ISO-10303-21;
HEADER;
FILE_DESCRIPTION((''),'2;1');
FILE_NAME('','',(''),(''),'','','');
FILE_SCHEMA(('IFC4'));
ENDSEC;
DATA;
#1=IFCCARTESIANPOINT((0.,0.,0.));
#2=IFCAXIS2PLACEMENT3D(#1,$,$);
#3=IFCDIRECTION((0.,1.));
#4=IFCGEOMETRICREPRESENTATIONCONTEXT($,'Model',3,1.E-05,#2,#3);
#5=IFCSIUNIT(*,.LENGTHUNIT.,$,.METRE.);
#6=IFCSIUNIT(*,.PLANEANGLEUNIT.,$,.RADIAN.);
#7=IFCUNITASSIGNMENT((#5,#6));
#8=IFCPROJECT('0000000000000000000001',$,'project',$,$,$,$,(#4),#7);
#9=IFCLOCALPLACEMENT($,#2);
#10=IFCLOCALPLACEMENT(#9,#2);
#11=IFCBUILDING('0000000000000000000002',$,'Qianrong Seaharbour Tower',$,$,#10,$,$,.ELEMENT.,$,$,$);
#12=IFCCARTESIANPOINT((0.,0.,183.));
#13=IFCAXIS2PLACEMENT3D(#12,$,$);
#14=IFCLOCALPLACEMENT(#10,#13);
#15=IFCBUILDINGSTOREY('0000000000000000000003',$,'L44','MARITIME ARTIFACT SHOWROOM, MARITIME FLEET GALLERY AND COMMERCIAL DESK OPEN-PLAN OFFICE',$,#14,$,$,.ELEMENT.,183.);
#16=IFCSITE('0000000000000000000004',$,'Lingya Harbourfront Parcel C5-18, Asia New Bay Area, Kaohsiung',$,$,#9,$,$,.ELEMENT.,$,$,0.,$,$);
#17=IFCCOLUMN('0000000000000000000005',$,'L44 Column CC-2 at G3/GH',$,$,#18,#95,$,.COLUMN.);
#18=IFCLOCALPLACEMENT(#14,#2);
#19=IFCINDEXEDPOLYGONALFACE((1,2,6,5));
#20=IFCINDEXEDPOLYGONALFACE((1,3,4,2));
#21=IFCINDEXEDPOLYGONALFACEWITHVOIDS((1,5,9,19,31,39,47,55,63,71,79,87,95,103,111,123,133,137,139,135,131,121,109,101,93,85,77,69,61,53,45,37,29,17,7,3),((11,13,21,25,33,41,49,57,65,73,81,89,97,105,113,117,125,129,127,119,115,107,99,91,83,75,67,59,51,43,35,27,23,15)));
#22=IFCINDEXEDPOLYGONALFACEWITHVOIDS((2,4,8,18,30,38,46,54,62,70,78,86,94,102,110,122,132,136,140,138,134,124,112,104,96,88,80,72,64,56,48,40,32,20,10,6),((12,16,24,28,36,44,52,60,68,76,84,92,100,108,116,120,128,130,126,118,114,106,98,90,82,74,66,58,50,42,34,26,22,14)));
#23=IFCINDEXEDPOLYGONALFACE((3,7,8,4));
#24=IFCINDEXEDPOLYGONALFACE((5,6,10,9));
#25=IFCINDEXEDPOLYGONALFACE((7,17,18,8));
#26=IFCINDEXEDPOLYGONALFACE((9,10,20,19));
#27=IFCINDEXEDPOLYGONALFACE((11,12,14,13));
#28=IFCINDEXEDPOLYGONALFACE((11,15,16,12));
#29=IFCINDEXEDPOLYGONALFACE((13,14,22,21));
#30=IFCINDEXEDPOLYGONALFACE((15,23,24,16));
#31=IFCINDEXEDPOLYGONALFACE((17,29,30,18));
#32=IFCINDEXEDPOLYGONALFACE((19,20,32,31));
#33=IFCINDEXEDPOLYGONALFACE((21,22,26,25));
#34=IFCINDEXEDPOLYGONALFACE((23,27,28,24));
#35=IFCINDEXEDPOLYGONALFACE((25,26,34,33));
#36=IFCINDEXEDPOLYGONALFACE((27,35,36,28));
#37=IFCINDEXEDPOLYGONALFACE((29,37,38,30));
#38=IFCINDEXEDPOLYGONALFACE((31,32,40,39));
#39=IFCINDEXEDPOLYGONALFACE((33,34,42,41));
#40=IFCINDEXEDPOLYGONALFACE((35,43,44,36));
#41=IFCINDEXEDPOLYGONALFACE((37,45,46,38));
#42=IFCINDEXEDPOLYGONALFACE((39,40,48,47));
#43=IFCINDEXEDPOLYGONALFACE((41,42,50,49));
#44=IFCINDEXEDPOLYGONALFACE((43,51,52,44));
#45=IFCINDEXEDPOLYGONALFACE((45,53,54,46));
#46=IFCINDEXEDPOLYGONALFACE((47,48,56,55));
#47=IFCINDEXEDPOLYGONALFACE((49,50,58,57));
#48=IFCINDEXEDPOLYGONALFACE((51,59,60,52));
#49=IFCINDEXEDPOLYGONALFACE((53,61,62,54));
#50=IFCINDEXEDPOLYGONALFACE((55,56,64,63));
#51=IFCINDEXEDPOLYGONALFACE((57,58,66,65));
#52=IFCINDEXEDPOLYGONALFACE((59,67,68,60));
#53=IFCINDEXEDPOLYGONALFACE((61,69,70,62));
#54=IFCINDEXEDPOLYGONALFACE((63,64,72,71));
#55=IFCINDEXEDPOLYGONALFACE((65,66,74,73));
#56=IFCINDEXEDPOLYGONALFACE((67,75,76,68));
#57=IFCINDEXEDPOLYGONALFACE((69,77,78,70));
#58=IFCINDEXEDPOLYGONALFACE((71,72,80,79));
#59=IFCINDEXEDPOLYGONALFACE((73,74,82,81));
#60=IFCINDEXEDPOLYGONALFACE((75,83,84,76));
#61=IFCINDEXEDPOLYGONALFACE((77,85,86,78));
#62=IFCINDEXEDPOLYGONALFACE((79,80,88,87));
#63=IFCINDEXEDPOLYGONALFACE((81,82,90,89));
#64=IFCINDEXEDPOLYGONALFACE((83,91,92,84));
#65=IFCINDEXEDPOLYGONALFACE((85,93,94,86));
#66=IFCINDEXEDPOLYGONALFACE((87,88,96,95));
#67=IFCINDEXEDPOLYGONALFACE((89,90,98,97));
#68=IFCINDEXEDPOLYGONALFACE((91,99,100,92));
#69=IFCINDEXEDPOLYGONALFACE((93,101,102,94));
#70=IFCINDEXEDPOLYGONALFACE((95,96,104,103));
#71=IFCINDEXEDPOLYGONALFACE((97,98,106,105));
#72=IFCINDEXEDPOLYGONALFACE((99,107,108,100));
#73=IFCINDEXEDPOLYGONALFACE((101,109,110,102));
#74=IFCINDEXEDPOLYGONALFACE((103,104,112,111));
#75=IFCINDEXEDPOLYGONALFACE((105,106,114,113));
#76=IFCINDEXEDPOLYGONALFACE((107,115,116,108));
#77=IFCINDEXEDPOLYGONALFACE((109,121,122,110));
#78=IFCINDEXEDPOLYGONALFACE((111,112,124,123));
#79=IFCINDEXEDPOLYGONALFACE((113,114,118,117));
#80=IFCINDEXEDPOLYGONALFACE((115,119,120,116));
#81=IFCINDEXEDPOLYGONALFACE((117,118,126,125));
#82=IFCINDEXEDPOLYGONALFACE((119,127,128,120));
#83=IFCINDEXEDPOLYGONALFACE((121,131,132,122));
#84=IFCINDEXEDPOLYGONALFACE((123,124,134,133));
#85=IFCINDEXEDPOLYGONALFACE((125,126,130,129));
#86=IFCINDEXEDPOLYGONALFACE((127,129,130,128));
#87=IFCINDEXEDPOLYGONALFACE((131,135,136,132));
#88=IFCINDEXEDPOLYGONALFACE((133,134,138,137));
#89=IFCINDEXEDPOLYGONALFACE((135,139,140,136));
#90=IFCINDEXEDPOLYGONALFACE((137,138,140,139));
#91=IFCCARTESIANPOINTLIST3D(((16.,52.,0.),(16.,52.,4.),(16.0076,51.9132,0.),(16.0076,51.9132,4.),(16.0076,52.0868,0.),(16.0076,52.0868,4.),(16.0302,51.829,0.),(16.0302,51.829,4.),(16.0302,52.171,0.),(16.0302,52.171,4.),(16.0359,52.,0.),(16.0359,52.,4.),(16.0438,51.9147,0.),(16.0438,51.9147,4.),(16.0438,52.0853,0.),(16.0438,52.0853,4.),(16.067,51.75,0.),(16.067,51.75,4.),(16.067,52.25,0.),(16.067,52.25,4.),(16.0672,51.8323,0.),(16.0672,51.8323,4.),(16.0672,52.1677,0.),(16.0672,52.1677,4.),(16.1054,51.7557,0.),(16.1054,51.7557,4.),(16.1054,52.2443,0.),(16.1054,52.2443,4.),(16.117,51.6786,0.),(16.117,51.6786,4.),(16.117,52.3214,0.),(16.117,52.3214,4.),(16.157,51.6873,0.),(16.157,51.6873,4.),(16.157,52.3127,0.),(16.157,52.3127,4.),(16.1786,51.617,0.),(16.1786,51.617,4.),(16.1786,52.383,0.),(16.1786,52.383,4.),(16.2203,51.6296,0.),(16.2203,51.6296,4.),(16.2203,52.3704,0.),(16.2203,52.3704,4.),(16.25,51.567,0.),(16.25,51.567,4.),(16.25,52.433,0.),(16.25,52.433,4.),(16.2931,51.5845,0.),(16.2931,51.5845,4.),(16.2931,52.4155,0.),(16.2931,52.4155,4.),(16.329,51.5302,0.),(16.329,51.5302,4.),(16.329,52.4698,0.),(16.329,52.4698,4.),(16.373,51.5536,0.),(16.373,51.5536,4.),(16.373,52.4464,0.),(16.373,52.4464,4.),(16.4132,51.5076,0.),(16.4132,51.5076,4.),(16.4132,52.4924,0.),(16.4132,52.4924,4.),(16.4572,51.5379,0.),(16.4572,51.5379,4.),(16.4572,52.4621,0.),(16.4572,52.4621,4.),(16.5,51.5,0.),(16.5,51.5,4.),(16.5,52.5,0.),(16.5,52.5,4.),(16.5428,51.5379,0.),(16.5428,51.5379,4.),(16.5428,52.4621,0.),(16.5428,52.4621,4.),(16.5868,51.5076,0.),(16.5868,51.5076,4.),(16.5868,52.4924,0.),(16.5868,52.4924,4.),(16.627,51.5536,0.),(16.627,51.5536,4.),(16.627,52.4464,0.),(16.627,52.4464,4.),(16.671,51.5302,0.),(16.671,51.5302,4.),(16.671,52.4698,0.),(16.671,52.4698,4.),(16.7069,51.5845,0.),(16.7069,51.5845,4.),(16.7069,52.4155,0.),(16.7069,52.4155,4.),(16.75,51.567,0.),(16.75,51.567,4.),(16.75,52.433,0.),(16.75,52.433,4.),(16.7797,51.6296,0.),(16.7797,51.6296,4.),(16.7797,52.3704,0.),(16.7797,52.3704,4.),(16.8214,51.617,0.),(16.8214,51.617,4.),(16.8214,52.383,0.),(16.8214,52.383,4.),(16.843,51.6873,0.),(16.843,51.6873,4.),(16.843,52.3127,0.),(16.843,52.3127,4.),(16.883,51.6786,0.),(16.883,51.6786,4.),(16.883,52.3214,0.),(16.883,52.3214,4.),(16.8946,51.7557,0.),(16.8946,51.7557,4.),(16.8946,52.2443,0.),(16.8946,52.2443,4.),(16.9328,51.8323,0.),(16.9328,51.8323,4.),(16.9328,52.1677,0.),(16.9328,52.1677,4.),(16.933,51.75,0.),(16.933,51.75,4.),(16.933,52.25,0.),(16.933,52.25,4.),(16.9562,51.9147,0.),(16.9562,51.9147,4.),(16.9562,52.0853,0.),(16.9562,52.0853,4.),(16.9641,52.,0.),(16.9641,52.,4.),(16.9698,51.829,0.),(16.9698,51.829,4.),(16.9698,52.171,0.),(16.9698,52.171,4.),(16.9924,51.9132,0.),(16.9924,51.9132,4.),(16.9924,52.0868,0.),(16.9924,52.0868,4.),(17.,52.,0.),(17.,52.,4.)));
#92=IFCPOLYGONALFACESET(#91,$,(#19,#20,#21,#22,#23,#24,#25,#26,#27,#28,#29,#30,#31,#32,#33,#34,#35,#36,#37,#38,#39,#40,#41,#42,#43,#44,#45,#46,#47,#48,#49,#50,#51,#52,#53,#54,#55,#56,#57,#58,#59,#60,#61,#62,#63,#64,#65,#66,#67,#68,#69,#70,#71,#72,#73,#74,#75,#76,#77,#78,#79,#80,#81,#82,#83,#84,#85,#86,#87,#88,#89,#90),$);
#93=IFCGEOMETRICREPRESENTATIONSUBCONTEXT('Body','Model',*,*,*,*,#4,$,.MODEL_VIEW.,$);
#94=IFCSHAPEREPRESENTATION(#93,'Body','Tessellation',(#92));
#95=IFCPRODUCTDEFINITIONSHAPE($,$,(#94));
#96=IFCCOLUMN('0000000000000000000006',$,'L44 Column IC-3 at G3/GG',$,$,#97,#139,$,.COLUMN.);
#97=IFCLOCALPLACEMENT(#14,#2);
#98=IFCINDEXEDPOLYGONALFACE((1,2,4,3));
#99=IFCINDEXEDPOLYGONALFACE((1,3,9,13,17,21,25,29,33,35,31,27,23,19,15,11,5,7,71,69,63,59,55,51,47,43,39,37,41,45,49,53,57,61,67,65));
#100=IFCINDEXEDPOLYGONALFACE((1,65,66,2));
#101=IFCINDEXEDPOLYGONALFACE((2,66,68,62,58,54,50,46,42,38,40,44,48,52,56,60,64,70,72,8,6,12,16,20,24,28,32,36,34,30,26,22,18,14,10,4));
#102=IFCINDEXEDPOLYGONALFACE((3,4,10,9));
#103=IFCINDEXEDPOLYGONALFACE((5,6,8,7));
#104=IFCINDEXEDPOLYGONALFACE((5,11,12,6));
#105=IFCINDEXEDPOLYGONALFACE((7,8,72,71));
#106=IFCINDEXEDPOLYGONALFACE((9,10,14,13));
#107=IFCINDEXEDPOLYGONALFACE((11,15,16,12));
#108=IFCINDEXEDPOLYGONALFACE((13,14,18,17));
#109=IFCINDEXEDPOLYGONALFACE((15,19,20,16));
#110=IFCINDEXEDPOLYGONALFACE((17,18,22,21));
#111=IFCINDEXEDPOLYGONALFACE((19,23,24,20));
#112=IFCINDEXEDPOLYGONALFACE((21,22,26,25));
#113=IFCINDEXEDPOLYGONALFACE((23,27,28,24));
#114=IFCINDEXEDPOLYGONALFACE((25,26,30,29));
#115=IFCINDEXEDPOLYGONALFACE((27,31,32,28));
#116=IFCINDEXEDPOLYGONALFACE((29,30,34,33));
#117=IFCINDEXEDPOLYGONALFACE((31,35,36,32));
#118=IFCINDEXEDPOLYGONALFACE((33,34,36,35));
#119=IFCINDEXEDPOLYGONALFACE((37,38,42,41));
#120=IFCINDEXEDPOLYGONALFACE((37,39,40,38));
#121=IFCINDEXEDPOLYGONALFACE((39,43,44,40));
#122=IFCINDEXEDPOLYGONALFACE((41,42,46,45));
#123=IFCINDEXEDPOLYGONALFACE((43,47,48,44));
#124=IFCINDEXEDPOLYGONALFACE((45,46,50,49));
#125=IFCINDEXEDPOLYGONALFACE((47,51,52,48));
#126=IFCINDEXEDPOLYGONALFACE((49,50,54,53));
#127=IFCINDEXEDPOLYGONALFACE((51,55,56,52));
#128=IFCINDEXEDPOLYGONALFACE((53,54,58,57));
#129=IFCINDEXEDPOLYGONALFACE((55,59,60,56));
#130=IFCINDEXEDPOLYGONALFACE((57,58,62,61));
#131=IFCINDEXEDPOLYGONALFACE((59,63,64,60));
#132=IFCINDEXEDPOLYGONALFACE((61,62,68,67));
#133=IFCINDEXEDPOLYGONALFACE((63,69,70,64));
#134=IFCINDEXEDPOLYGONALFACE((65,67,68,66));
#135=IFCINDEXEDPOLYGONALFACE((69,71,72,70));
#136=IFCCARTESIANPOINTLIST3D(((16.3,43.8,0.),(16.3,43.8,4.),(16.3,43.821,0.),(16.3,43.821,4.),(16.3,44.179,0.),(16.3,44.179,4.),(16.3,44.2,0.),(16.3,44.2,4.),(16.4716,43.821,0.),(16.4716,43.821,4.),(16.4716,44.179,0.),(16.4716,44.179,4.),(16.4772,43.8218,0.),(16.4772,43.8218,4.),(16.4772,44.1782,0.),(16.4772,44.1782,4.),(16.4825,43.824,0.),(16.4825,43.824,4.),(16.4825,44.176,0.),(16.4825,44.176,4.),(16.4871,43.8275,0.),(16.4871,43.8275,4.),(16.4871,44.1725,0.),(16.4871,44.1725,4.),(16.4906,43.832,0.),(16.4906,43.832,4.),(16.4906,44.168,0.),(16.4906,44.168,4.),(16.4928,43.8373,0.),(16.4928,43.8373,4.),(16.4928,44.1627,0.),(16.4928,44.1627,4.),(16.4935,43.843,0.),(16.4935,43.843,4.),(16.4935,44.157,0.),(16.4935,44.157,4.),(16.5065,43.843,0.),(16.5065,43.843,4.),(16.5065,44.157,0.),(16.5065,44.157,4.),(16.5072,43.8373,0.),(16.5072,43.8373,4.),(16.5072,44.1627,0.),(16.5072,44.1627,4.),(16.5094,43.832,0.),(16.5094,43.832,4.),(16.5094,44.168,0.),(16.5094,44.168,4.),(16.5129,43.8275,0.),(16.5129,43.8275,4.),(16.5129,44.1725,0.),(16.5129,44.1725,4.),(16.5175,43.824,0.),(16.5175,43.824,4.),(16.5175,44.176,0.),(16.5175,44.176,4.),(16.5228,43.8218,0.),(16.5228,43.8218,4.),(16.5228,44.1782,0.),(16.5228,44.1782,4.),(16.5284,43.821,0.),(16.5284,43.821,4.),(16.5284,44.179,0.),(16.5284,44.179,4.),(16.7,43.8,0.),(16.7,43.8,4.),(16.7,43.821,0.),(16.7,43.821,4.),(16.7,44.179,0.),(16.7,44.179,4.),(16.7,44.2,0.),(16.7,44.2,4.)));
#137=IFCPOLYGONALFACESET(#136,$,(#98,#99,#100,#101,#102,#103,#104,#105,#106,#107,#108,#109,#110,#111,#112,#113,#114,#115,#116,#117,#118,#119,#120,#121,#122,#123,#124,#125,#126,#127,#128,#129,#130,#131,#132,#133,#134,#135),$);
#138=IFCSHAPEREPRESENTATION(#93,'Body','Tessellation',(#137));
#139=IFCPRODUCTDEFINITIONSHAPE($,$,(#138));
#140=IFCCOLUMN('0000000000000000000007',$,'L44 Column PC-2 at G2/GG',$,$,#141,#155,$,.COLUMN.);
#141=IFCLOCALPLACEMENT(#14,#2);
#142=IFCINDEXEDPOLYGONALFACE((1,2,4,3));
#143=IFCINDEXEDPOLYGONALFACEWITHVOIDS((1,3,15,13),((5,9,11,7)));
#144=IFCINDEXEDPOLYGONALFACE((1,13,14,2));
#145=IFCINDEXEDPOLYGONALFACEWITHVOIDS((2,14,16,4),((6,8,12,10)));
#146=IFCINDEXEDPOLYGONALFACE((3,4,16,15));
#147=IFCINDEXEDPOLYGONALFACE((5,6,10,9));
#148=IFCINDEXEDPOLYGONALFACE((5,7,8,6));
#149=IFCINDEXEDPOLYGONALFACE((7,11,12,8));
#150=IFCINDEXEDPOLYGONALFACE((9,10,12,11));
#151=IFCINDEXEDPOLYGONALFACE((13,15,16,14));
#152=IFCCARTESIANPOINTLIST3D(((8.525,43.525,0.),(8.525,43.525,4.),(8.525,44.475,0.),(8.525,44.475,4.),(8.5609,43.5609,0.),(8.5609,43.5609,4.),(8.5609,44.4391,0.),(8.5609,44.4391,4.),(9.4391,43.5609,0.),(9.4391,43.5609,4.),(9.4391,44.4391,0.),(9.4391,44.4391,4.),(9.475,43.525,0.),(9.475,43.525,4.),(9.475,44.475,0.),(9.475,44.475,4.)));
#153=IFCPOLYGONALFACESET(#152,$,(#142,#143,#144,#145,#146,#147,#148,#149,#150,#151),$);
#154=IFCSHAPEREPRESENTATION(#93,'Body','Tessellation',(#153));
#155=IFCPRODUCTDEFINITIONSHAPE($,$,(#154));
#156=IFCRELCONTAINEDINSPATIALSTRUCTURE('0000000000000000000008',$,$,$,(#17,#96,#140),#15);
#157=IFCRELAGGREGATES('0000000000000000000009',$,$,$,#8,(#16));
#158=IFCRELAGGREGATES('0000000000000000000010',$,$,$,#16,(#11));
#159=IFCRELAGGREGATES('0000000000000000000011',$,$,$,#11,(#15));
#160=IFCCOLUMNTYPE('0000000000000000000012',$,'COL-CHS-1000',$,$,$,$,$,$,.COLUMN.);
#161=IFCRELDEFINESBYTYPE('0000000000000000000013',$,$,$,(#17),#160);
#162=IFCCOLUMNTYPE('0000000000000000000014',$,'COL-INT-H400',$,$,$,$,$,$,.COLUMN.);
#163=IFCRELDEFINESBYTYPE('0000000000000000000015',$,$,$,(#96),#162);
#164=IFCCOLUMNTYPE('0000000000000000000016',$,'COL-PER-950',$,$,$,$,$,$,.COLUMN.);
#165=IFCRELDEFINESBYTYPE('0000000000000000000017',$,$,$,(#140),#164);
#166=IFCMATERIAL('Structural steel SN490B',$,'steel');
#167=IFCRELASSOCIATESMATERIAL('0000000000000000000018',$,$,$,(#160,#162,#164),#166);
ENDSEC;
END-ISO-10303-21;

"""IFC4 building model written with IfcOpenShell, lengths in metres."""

from ifc_helpers import new_model, si_unit, direction, frame, origin, origin_2d, place, context, subcontext, project, spatial, hollow_rectangle, hollow_circle, i_section, extrude, material, material_profile, profile_set, type_object, element, save


model = new_model("IFC4")

# Units and contexts
model_context = context("Model", 3, precision=1e-05, world=origin(), true_north=direction((0.0, 1.0)))
body_context = subcontext(model_context, "Body", "Model", "MODEL_VIEW")
ifc_project = project(units=[si_unit("LENGTHUNIT", "METRE"), si_unit("PLANEANGLEUNIT", "RADIAN")], contexts=[model_context])

# Site, building, storey
site_placement = place(None, origin())
site = spatial("IfcSite", under=ifc_project, at=site_placement, Name="Lingya Harbourfront Parcel C5-18, Asia New Bay Area, Kaohsiung", CompositionType="ELEMENT", RefElevation=0.0)
building_placement = place(site_placement, origin())
building = spatial("IfcBuilding", under=site, at=building_placement, Name="Qianrong Seaharbour Tower", CompositionType="ELEMENT")
storey_placement = place(building_placement, frame((0.0, 0.0, 183.0)))
storey = spatial("IfcBuildingStorey", under=building, at=storey_placement, Name="L44", Description="MARITIME ARTIFACT SHOWROOM, MARITIME FLEET GALLERY AND COMMERCIAL DESK OPEN-PLAN OFFICE", CompositionType="ELEMENT", Elevation=183.0)

# Columns
ifc_material_1 = material(Name="Structural steel SN490B", Category="steel")
ifc_material_profile_1 = material_profile(ifc_material_1, hollow_circle(Radius=0.5, WallThickness=0.0359, at=origin_2d()), Name="CHS1000x36")
ifc_profile_set_1 = profile_set([ifc_material_profile_1], Name="Structural steel SN490B")
column_type_1 = type_object("IfcColumnType", Name="COL-CHS-1000", PredefinedType="COLUMN", material=ifc_profile_set_1)
column_1_placement = place(storey_placement, frame((16.5, 52.0, 0.0), z_axis=(0.0, 0.0, 1.0), x_axis=(1.0, 0.0, 0.0)))
element("IfcColumn", 1, at=column_1_placement, inside=storey, type_object=column_type_1, Name="L44 Column CC-2 at G3/GH", PredefinedType="COLUMN", context=body_context, shape_type="SweptSolid", body=[
    extrude(hollow_circle(Radius=0.5, WallThickness=0.0359, at=origin_2d()), origin(), (0.0, 0.0, 1.0), 4.0),
])
ifc_material_profile_2 = material_profile(ifc_material_1, i_section(OverallWidth=0.3999, OverallDepth=0.3999, WebThickness=0.0129, FlangeThickness=0.021, FilletRadius=0.022, at=origin_2d()), Name="H400x400x13x21")
ifc_profile_set_2 = profile_set([ifc_material_profile_2], Name="Structural steel SN490B")
column_type_2 = type_object("IfcColumnType", Name="COL-INT-H400", PredefinedType="COLUMN", material=ifc_profile_set_2)
column_2_placement = place(storey_placement, frame((16.5, 44.0, 0.0), z_axis=(0.0, 0.0, 1.0), x_axis=(1.0, 0.0, 0.0)))
element("IfcColumn", 2, at=column_2_placement, inside=storey, type_object=column_type_2, Name="L44 Column IC-3 at G3/GG", PredefinedType="COLUMN", context=body_context, shape_type="SweptSolid", body=[
    extrude(i_section(OverallWidth=0.3999, OverallDepth=0.3999, WebThickness=0.0129, FlangeThickness=0.021, FilletRadius=0.022, at=origin_2d()), origin(), (0.0, 0.0, 1.0), 4.0),
])
ifc_material_profile_3 = material_profile(ifc_material_1, hollow_rectangle(XDim=0.95, YDim=0.95, WallThickness=0.0359, at=origin_2d()), Name="BOX950x950x36")
ifc_profile_set_3 = profile_set([ifc_material_profile_3], Name="Structural steel SN490B")
column_type_3 = type_object("IfcColumnType", Name="COL-PER-950", PredefinedType="COLUMN", material=ifc_profile_set_3)
column_3_placement = place(storey_placement, frame((9.0, 44.0, 0.0), z_axis=(0.0, 0.0, 1.0), x_axis=(1.0, 0.0, 0.0)))
element("IfcColumn", 3, at=column_3_placement, inside=storey, type_object=column_type_3, Name="L44 Column PC-2 at G2/GG", PredefinedType="COLUMN", context=body_context, shape_type="SweptSolid", body=[
    extrude(hollow_rectangle(XDim=0.95, YDim=0.95, WallThickness=0.0359, at=origin_2d()), origin(), (0.0, 0.0, 1.0), 4.0),
])

save(model, "model.ifc")
